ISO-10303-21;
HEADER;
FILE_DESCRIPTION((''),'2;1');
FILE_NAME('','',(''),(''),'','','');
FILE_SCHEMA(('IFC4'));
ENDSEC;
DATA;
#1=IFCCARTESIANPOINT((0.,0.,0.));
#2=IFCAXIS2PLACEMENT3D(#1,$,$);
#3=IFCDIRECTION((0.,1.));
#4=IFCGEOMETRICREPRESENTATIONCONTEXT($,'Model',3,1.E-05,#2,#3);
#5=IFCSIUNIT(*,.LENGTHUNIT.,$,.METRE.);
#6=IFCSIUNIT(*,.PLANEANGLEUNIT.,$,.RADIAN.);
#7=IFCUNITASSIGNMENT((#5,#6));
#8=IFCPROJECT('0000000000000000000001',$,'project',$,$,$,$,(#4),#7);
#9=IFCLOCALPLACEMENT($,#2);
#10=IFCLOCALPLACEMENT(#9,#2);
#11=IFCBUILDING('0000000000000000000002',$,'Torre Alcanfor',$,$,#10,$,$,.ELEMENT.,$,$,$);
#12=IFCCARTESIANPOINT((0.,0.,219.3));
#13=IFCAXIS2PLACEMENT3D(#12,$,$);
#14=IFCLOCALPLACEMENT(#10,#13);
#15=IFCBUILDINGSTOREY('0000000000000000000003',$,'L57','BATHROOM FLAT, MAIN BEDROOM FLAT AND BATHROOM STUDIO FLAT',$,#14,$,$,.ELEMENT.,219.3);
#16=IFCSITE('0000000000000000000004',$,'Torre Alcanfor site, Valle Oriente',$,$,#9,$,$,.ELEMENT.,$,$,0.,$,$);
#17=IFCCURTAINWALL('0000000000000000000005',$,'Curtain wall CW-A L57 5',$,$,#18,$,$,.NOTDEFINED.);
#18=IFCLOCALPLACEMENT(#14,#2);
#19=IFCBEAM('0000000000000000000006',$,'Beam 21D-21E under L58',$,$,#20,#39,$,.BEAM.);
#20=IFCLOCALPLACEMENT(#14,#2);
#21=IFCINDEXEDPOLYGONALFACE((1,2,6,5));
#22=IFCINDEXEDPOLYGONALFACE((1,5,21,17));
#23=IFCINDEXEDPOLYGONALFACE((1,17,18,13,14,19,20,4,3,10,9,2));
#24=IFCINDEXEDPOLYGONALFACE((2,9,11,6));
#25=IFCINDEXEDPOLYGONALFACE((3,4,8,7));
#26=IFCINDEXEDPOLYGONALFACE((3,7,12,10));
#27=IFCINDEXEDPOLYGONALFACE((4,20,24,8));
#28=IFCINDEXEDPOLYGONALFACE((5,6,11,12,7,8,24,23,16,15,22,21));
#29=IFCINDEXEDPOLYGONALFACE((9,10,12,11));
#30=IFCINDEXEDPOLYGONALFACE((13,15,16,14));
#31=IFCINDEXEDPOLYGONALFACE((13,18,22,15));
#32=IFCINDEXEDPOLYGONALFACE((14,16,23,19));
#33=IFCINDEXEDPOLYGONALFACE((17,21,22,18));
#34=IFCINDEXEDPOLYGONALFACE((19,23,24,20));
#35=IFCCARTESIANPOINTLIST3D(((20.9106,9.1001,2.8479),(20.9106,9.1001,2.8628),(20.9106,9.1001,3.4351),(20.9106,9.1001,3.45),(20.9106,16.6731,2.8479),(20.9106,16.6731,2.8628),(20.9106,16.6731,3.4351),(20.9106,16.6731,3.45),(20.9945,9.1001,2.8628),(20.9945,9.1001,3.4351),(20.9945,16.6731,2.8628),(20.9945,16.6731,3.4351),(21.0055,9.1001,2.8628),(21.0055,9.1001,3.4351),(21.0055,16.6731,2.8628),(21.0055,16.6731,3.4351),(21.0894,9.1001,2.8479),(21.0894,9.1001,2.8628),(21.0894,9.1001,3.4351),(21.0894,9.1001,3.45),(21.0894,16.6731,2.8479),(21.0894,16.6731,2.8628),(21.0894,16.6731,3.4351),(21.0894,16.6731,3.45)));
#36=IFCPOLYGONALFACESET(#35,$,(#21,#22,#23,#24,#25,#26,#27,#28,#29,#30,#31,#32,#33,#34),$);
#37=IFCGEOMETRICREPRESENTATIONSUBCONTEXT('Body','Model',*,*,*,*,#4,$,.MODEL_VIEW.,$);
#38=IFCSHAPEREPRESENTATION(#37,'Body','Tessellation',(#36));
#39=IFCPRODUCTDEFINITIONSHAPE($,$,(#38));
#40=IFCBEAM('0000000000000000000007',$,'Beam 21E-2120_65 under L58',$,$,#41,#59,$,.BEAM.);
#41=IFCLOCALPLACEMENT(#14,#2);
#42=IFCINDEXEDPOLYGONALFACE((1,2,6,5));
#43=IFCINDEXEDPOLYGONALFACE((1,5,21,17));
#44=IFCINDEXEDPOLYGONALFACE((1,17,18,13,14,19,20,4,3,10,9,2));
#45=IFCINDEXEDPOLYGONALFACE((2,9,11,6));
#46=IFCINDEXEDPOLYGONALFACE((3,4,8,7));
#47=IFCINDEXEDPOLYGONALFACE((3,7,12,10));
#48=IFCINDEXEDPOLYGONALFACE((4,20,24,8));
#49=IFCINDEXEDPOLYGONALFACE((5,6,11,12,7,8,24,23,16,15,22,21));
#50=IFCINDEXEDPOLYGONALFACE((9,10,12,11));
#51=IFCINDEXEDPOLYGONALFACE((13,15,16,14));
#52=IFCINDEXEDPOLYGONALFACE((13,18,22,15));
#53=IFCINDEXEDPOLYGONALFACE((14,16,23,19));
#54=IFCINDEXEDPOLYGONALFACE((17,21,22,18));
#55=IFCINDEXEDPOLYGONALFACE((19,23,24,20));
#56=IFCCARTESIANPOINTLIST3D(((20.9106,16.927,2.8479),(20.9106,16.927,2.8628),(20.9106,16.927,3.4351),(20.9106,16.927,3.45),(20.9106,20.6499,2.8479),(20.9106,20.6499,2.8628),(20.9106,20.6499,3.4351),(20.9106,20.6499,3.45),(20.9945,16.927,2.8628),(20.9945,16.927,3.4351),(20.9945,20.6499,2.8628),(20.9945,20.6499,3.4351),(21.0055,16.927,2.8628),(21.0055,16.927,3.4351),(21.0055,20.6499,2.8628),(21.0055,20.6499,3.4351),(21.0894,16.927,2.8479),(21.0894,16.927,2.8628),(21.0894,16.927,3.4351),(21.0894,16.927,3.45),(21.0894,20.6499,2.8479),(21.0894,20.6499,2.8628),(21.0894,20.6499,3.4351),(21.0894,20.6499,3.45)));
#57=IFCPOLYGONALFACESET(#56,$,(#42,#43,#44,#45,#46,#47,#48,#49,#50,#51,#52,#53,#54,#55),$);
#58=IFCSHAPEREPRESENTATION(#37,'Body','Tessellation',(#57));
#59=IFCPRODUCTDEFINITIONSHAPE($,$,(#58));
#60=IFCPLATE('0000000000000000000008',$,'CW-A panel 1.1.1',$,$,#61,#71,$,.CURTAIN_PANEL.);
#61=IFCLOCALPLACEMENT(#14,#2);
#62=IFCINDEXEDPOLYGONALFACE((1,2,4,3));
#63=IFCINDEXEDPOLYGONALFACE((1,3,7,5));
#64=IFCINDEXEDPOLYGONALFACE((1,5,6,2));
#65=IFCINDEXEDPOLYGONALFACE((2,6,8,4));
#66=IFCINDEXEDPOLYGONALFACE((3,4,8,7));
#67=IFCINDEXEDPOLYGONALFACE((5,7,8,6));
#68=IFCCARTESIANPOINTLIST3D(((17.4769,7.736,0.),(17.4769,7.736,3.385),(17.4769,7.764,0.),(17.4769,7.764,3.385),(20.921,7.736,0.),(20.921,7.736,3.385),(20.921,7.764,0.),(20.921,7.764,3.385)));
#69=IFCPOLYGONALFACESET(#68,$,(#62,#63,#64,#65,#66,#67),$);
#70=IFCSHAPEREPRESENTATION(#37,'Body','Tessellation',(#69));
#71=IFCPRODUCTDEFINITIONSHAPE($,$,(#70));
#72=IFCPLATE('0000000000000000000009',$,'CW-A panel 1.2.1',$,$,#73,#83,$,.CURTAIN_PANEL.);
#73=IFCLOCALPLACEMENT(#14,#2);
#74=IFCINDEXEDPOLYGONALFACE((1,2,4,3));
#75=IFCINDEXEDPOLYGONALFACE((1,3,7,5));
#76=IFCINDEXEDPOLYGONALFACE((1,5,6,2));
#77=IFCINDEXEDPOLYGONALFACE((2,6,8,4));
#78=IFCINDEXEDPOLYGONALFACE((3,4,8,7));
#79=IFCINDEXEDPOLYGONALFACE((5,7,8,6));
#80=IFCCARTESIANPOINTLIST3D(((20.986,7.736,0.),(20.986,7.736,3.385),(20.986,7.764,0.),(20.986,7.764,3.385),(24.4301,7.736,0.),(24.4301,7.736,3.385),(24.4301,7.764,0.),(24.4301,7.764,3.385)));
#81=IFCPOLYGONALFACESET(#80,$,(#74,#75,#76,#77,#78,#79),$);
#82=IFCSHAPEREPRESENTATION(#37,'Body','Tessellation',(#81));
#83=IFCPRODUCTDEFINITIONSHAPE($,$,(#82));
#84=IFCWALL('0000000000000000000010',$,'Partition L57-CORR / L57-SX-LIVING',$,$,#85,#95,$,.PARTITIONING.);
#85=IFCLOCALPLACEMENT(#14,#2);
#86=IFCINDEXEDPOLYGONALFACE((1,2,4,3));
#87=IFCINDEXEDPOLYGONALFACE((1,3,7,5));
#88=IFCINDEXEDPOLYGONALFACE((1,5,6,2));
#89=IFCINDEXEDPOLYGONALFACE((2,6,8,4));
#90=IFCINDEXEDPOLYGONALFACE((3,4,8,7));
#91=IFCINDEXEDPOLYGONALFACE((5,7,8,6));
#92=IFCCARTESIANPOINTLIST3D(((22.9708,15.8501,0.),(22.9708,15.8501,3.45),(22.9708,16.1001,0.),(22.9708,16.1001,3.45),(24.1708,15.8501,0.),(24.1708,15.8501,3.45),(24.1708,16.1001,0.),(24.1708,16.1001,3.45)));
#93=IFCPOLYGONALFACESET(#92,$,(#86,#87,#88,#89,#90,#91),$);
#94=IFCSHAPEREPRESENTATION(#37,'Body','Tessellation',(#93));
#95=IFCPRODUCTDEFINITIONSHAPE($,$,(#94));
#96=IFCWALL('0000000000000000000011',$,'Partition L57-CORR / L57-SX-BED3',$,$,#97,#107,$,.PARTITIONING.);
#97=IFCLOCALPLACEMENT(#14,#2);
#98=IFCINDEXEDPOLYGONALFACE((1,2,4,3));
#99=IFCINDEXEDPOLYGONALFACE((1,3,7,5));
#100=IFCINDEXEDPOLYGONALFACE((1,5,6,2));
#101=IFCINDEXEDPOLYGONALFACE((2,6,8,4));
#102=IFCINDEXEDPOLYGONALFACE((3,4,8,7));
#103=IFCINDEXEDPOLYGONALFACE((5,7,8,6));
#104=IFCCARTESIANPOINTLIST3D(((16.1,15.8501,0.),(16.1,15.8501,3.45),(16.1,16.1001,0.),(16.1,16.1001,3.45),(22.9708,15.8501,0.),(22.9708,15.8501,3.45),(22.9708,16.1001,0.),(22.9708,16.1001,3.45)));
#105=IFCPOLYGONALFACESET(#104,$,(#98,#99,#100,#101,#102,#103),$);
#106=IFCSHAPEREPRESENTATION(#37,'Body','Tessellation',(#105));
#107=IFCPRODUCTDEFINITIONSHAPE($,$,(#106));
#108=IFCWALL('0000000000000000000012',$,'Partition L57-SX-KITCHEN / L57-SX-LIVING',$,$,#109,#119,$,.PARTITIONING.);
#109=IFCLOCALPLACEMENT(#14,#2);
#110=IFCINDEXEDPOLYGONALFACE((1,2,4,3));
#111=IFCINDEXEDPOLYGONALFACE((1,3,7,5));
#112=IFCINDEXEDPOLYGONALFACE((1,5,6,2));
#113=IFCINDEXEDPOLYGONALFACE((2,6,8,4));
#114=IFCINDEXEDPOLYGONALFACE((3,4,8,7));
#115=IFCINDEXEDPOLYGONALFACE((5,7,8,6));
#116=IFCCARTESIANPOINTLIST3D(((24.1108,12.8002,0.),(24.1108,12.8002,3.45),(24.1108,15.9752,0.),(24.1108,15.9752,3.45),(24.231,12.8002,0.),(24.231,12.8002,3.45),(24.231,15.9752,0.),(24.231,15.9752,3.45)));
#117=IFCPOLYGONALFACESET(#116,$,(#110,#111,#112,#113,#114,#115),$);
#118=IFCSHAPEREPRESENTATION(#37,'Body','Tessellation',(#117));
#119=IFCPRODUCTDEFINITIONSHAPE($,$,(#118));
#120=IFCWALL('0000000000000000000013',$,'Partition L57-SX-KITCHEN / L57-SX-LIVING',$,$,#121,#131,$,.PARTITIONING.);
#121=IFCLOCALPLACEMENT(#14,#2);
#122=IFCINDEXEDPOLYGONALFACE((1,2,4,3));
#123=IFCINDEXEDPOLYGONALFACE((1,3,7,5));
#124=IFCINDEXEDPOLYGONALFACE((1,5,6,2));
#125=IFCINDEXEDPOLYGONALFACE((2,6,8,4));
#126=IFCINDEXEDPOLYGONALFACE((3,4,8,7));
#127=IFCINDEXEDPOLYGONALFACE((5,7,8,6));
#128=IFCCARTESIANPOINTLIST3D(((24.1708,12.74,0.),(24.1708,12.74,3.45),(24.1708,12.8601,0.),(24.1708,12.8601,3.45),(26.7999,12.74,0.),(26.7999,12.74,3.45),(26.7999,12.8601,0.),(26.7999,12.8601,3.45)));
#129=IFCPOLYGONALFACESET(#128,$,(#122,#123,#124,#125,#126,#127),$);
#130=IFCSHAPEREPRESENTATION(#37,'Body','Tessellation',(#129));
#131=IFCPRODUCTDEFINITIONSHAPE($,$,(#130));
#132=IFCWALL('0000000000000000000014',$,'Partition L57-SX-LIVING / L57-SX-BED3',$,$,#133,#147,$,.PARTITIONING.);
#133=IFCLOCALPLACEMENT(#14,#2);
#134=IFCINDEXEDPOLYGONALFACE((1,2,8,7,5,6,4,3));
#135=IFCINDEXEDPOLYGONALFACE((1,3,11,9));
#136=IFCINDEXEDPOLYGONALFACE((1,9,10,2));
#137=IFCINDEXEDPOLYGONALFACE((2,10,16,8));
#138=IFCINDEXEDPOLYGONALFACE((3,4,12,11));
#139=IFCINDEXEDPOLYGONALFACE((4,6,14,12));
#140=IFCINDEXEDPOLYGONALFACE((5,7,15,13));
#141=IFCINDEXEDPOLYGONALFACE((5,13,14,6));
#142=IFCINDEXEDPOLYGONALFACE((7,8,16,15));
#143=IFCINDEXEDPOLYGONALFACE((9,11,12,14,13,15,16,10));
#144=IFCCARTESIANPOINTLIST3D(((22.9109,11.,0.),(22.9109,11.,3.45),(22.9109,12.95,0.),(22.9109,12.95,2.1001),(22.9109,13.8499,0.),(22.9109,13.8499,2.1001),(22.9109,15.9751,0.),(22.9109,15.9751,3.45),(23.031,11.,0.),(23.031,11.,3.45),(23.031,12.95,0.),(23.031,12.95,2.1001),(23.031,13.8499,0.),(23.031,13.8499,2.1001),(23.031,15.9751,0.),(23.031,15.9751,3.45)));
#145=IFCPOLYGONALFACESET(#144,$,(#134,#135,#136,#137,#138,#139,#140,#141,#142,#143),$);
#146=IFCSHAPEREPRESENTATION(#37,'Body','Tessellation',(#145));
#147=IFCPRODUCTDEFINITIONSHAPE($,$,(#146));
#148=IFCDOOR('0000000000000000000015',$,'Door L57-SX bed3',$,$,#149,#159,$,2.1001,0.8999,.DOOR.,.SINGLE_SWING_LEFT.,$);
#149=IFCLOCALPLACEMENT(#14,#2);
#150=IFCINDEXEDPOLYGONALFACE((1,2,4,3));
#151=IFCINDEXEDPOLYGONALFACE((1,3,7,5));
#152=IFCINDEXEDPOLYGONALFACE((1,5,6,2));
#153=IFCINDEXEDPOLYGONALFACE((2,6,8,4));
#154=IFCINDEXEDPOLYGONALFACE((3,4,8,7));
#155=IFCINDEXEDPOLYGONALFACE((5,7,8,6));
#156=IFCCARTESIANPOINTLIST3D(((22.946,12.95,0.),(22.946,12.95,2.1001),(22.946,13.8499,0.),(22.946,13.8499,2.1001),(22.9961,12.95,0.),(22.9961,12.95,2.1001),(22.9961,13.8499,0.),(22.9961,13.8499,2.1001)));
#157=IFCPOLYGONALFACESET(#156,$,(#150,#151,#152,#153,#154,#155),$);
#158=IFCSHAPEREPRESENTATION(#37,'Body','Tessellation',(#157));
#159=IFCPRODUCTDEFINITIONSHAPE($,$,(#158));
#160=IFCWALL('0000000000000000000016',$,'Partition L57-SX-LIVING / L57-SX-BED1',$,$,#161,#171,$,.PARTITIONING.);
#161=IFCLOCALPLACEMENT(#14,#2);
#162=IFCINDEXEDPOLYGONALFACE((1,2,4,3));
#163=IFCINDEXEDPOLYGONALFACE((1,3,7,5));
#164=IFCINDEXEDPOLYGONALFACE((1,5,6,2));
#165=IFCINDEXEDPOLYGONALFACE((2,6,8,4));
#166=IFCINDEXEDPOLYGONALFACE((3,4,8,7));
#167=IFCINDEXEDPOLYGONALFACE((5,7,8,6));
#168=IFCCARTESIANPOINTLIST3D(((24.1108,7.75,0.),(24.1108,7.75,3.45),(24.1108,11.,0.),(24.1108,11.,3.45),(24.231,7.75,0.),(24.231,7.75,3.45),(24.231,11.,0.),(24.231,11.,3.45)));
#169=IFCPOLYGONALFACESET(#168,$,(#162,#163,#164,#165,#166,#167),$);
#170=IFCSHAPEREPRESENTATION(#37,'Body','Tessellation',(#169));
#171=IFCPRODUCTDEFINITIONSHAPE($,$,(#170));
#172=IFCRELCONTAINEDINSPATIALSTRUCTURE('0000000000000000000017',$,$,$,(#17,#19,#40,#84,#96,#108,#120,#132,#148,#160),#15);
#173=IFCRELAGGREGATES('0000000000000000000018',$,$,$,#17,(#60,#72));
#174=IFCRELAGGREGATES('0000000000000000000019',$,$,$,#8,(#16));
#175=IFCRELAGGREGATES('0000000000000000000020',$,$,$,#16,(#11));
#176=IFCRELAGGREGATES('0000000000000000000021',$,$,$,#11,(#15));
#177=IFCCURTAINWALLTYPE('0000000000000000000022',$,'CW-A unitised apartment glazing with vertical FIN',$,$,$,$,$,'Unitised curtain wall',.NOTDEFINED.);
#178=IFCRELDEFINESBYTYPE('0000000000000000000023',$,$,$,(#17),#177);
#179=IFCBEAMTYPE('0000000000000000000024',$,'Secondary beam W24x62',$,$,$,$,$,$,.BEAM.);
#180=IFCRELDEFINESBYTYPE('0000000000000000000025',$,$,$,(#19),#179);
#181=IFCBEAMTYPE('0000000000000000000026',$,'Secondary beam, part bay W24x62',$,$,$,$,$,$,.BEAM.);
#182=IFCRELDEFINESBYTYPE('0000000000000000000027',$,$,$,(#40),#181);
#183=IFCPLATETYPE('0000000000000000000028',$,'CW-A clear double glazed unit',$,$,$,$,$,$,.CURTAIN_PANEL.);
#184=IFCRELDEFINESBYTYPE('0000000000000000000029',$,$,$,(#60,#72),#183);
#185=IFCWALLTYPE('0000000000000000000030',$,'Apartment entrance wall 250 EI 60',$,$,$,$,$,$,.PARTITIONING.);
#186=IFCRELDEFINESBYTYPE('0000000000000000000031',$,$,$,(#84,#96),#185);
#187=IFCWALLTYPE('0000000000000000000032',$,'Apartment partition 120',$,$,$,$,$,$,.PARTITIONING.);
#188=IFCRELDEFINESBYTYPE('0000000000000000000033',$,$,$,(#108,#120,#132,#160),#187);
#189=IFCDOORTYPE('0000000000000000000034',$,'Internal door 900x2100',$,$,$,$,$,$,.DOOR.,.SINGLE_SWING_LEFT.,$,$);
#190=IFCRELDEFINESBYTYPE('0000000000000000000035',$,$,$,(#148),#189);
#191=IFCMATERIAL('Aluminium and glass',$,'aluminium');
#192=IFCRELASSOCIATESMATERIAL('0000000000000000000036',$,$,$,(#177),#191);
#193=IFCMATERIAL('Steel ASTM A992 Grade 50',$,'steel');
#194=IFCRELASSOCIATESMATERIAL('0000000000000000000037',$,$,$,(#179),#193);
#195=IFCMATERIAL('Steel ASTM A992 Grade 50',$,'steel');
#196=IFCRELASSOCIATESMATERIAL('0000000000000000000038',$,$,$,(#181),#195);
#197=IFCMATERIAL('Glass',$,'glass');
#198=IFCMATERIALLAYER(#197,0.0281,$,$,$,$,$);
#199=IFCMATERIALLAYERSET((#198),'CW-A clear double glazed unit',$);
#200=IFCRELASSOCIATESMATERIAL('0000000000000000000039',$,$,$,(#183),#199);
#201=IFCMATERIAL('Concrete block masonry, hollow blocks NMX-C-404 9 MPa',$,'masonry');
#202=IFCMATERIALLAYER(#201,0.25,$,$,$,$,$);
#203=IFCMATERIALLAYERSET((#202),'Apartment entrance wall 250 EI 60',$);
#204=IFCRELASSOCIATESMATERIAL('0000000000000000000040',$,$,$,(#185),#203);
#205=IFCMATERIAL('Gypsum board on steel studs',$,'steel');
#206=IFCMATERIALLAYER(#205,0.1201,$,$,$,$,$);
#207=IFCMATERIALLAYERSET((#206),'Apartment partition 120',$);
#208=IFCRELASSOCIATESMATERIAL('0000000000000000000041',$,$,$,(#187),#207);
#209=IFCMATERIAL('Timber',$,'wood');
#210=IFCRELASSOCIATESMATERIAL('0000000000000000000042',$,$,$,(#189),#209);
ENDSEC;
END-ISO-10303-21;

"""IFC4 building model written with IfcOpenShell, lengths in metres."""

from ifc_helpers import new_model, si_unit, direction, frame, frame_2d, origin, origin_2d, place, context, subcontext, project, spatial, rectangle, i_section, extrude, material, layer, layer_set, material_profile, profile_set, type_object, element, fill, aggregate, save


model = new_model("IFC4")

# Units and contexts
model_context = context("Model", 3, precision=1e-05, world=origin(), true_north=direction((0.0, 1.0)))
body_context = subcontext(model_context, "Body", "Model", "MODEL_VIEW")
ifc_project = project(units=[si_unit("LENGTHUNIT", "METRE"), si_unit("PLANEANGLEUNIT", "RADIAN")], contexts=[model_context])

# Site, building, storey
site_placement = place(None, origin())
site = spatial("IfcSite", under=ifc_project, at=site_placement, Name="Torre Alcanfor site, Valle Oriente", CompositionType="ELEMENT", RefElevation=0.0)
building_placement = place(site_placement, origin())
building = spatial("IfcBuilding", under=site, at=building_placement, Name="Torre Alcanfor", CompositionType="ELEMENT")
storey_placement = place(building_placement, frame((0.0, 0.0, 219.3)))
storey = spatial("IfcBuildingStorey", under=building, at=storey_placement, Name="L57", Description="BATHROOM FLAT, MAIN BEDROOM FLAT AND BATHROOM STUDIO FLAT", CompositionType="ELEMENT", Elevation=219.3)

# Curtain wall
ifc_material_1 = material(Name="Aluminium and glass", Category="aluminium")
curtain_wall_type = type_object("IfcCurtainWallType", Name="CW-A unitised apartment glazing with vertical FIN", ElementType="Unitised curtain wall", PredefinedType="NOTDEFINED", material=ifc_material_1)
curtain_wall_placement = place(storey_placement, origin())
curtain_wall = element("IfcCurtainWall", 1, at=curtain_wall_placement, inside=storey, type_object=curtain_wall_type, Name="Curtain wall CW-A L57 5", PredefinedType="NOTDEFINED")

# Beams
ifc_material_2 = material(Name="Steel ASTM A992 Grade 50", Category="steel")
ifc_material_profile_1 = material_profile(ifc_material_2, i_section(OverallWidth=0.1787, OverallDepth=0.6021, WebThickness=0.011, FlangeThickness=0.0149, at=origin_2d()), Name="W24x62")
ifc_profile_set_1 = profile_set([ifc_material_profile_1], Name="Steel ASTM A992 Grade 50")
beam_type_1 = type_object("IfcBeamType", Name="Secondary beam W24x62", PredefinedType="BEAM", material=ifc_profile_set_1)
beam_1_placement = place(storey_placement, frame((21.0, 9.1001, 3.1489), z_axis=(0.0, 1.0, 0.0), x_axis=(-1.0, 0.0, 0.0)))
element("IfcBeam", 2, at=beam_1_placement, inside=storey, type_object=beam_type_1, Name="Beam 21D-21E under L58", PredefinedType="BEAM", context=body_context, shape_type="SweptSolid", body=[
    extrude(i_section(OverallWidth=0.1787, OverallDepth=0.6021, WebThickness=0.011, FlangeThickness=0.0149, at=origin_2d()), origin(), (0.0, 0.0, 1.0), 7.573),
])
ifc_material_3 = material(Name="Steel ASTM A992 Grade 50", Category="steel")
ifc_material_profile_2 = material_profile(ifc_material_3, i_section(OverallWidth=0.1787, OverallDepth=0.6021, WebThickness=0.011, FlangeThickness=0.0149, at=origin_2d()), Name="W24x62")
ifc_profile_set_2 = profile_set([ifc_material_profile_2], Name="Steel ASTM A992 Grade 50")
beam_type_2 = type_object("IfcBeamType", Name="Secondary beam, part bay W24x62", PredefinedType="BEAM", material=ifc_profile_set_2)
beam_2_placement = place(storey_placement, frame((21.0, 16.927, 3.1489), z_axis=(0.0, 1.0, 0.0), x_axis=(-1.0, 0.0, 0.0)))
element("IfcBeam", 3, at=beam_2_placement, inside=storey, type_object=beam_type_2, Name="Beam 21E-2120_65 under L58", PredefinedType="BEAM", context=body_context, shape_type="SweptSolid", body=[
    extrude(i_section(OverallWidth=0.1787, OverallDepth=0.6021, WebThickness=0.011, FlangeThickness=0.0149, at=origin_2d()), origin(), (0.0, 0.0, 1.0), 3.7229),
])

# Plates
ifc_material_4 = material(Name="Glass", Category="glass")
ifc_layer_1 = layer(ifc_material_4, 0.0281)
ifc_layer_set_1 = layer_set([ifc_layer_1], Name="CW-A clear double glazed unit")
plate_type = type_object("IfcPlateType", Name="CW-A clear double glazed unit", PredefinedType="CURTAIN_PANEL", material=ifc_layer_set_1)
plate_1_placement = place(storey_placement, frame((19.199, 7.75, 0.0), z_axis=(0.0, 0.0, 1.0), x_axis=(1.0, 0.0, 0.0)))
plate_1 = element("IfcPlate", 4, at=plate_1_placement, type_object=plate_type, Name="CW-A panel 1.1.1", PredefinedType="CURTAIN_PANEL", context=body_context, shape_type="SweptSolid", body=[
    extrude(rectangle(XDim=3.4441, YDim=0.0281, at=origin_2d()), origin(), (0.0, 0.0, 1.0), 3.385),
])
plate_2_placement = place(storey_placement, frame((22.708, 7.75, 0.0), z_axis=(0.0, 0.0, 1.0), x_axis=(1.0, 0.0, 0.0)))
plate_2 = element("IfcPlate", 5, at=plate_2_placement, type_object=plate_type, Name="CW-A panel 1.2.1", PredefinedType="CURTAIN_PANEL", context=body_context, shape_type="SweptSolid", body=[
    extrude(rectangle(XDim=3.4441, YDim=0.0281, at=origin_2d()), origin(), (0.0, 0.0, 1.0), 3.385),
])
aggregate(curtain_wall, [plate_1, plate_2])

# Walls
ifc_material_5 = material(Name="Concrete block masonry, hollow blocks NMX-C-404 9 MPa", Category="masonry")
ifc_layer_2 = layer(ifc_material_5, 0.25)
ifc_layer_set_2 = layer_set([ifc_layer_2], Name="Apartment entrance wall 250 EI 60")
wall_type_1 = type_object("IfcWallType", Name="Apartment entrance wall 250 EI 60", PredefinedType="PARTITIONING", material=ifc_layer_set_2)
wall_1_placement = place(storey_placement, frame((24.1709, 15.9751, 0.0), z_axis=(0.0, 0.0, 1.0), x_axis=(-1.0, 0.0, 0.0)))
element("IfcWall", 6, at=wall_1_placement, inside=storey, type_object=wall_type_1, Name="Partition L57-CORR / L57-SX-LIVING", PredefinedType="PARTITIONING", context=body_context, shape_type="SweptSolid", body=[
    extrude(rectangle(XDim=1.2, YDim=0.25, at=frame_2d((0.6001, 0.0))), origin(), (0.0, 0.0, 1.0), 3.45),
])
wall_2_placement = place(storey_placement, frame((22.9709, 15.9751, 0.0), z_axis=(0.0, 0.0, 1.0), x_axis=(-1.0, 0.0, 0.0)))
element("IfcWall", 7, at=wall_2_placement, inside=storey, type_object=wall_type_1, Name="Partition L57-CORR / L57-SX-BED3", PredefinedType="PARTITIONING", context=body_context, shape_type="SweptSolid", body=[
    extrude(rectangle(XDim=6.8708, YDim=0.25, at=frame_2d((3.4355, 0.0))), origin(), (0.0, 0.0, 1.0), 3.45),
])
ifc_material_6 = material(Name="Gypsum board on steel studs", Category="steel")
ifc_layer_3 = layer(ifc_material_6, 0.1201)
ifc_layer_set_3 = layer_set([ifc_layer_3], Name="Apartment partition 120")
wall_type_2 = type_object("IfcWallType", Name="Apartment partition 120", PredefinedType="PARTITIONING", material=ifc_layer_set_3)
wall_3_placement = place(storey_placement, frame((24.1709, 15.9751, 0.0), z_axis=(0.0, 0.0, 1.0), x_axis=(0.0, -1.0, 0.0)))
element("IfcWall", 8, at=wall_3_placement, inside=storey, type_object=wall_type_2, Name="Partition L57-SX-KITCHEN / L57-SX-LIVING", PredefinedType="PARTITIONING", context=body_context, shape_type="SweptSolid", body=[
    extrude(rectangle(XDim=3.175, YDim=0.1201, at=frame_2d((1.5874, 0.0))), origin(), (0.0, 0.0, 1.0), 3.45),
])
wall_4_placement = place(storey_placement, frame((24.1709, 12.8, 0.0), z_axis=(0.0, 0.0, 1.0), x_axis=(1.0, 0.0, 0.0)))
element("IfcWall", 9, at=wall_4_placement, inside=storey, type_object=wall_type_2, Name="Partition L57-SX-KITCHEN / L57-SX-LIVING", PredefinedType="PARTITIONING", context=body_context, shape_type="SweptSolid", body=[
    extrude(rectangle(XDim=2.6292, YDim=0.1201, at=frame_2d((1.3145, 0.0))), origin(), (0.0, 0.0, 1.0), 3.45),
])

# Wall, opening, door
wall_5_placement = place(storey_placement, frame((22.9709, 11.0, 0.0), z_axis=(0.0, 0.0, 1.0), x_axis=(0.0, 1.0, 0.0)))
wall_5 = element("IfcWall", 10, at=wall_5_placement, inside=storey, type_object=wall_type_2, Name="Partition L57-SX-LIVING / L57-SX-BED3", PredefinedType="PARTITIONING", context=body_context, shape_type="SweptSolid", body=[
    extrude(rectangle(XDim=4.9751, YDim=0.1201, at=frame_2d((2.4875, 0.0))), origin(), (0.0, 0.0, 1.0), 3.45),
])
opening_1_placement = place(wall_5_placement, frame((1.95, 0.0, 0.0)))
opening_1 = element("IfcOpeningElement", 11, at=opening_1_placement, cuts=wall_5, PredefinedType="OPENING", context=body_context, shape_type="SweptSolid", body=[
    extrude(rectangle(XDim=0.8999, YDim=2.1001, at=frame_2d((0.45, 1.05))), frame((0.0, 0.0701, 0.0), z_axis=(0.0, -1.0, 0.0), x_axis=(1.0, 0.0, 0.0)), (0.0, 0.0, 1.0), 0.1401),
])
ifc_material_7 = material(Name="Timber", Category="wood")
door_type_1 = type_object("IfcDoorType", Name="Internal door 900x2100", OperationType="SINGLE_SWING_LEFT", PredefinedType="DOOR", material=ifc_material_7)
door_1_placement = place(opening_1_placement, origin())
door_1 = element("IfcDoor", 12, at=door_1_placement, inside=storey, type_object=door_type_1, Name="Door L57-SX bed3", OperationType="SINGLE_SWING_LEFT", OverallHeight=2.1001, OverallWidth=0.8999, PredefinedType="DOOR", context=body_context, shape_type="SweptSolid", body=[
    extrude(rectangle(XDim=0.8999, YDim=2.1001, at=frame_2d((0.45, 1.05))), frame((0.0, 0.0249, 0.0), z_axis=(0.0, -1.0, 0.0), x_axis=(1.0, 0.0, 0.0)), (0.0, 0.0, 1.0), 0.05),
])
fill(opening_1, door_1)

# Wall
wall_6_placement = place(storey_placement, frame((24.1709, 7.75, 0.0), z_axis=(0.0, 0.0, 1.0), x_axis=(0.0, 1.0, 0.0)))
element("IfcWall", 13, at=wall_6_placement, inside=storey, type_object=wall_type_2, Name="Partition L57-SX-LIVING / L57-SX-BED1", PredefinedType="PARTITIONING", context=body_context, shape_type="SweptSolid", body=[
    extrude(rectangle(XDim=3.25, YDim=0.1201, at=frame_2d((1.625, 0.0))), origin(), (0.0, 0.0, 1.0), 3.45),
])

save(model, "model.ifc")
